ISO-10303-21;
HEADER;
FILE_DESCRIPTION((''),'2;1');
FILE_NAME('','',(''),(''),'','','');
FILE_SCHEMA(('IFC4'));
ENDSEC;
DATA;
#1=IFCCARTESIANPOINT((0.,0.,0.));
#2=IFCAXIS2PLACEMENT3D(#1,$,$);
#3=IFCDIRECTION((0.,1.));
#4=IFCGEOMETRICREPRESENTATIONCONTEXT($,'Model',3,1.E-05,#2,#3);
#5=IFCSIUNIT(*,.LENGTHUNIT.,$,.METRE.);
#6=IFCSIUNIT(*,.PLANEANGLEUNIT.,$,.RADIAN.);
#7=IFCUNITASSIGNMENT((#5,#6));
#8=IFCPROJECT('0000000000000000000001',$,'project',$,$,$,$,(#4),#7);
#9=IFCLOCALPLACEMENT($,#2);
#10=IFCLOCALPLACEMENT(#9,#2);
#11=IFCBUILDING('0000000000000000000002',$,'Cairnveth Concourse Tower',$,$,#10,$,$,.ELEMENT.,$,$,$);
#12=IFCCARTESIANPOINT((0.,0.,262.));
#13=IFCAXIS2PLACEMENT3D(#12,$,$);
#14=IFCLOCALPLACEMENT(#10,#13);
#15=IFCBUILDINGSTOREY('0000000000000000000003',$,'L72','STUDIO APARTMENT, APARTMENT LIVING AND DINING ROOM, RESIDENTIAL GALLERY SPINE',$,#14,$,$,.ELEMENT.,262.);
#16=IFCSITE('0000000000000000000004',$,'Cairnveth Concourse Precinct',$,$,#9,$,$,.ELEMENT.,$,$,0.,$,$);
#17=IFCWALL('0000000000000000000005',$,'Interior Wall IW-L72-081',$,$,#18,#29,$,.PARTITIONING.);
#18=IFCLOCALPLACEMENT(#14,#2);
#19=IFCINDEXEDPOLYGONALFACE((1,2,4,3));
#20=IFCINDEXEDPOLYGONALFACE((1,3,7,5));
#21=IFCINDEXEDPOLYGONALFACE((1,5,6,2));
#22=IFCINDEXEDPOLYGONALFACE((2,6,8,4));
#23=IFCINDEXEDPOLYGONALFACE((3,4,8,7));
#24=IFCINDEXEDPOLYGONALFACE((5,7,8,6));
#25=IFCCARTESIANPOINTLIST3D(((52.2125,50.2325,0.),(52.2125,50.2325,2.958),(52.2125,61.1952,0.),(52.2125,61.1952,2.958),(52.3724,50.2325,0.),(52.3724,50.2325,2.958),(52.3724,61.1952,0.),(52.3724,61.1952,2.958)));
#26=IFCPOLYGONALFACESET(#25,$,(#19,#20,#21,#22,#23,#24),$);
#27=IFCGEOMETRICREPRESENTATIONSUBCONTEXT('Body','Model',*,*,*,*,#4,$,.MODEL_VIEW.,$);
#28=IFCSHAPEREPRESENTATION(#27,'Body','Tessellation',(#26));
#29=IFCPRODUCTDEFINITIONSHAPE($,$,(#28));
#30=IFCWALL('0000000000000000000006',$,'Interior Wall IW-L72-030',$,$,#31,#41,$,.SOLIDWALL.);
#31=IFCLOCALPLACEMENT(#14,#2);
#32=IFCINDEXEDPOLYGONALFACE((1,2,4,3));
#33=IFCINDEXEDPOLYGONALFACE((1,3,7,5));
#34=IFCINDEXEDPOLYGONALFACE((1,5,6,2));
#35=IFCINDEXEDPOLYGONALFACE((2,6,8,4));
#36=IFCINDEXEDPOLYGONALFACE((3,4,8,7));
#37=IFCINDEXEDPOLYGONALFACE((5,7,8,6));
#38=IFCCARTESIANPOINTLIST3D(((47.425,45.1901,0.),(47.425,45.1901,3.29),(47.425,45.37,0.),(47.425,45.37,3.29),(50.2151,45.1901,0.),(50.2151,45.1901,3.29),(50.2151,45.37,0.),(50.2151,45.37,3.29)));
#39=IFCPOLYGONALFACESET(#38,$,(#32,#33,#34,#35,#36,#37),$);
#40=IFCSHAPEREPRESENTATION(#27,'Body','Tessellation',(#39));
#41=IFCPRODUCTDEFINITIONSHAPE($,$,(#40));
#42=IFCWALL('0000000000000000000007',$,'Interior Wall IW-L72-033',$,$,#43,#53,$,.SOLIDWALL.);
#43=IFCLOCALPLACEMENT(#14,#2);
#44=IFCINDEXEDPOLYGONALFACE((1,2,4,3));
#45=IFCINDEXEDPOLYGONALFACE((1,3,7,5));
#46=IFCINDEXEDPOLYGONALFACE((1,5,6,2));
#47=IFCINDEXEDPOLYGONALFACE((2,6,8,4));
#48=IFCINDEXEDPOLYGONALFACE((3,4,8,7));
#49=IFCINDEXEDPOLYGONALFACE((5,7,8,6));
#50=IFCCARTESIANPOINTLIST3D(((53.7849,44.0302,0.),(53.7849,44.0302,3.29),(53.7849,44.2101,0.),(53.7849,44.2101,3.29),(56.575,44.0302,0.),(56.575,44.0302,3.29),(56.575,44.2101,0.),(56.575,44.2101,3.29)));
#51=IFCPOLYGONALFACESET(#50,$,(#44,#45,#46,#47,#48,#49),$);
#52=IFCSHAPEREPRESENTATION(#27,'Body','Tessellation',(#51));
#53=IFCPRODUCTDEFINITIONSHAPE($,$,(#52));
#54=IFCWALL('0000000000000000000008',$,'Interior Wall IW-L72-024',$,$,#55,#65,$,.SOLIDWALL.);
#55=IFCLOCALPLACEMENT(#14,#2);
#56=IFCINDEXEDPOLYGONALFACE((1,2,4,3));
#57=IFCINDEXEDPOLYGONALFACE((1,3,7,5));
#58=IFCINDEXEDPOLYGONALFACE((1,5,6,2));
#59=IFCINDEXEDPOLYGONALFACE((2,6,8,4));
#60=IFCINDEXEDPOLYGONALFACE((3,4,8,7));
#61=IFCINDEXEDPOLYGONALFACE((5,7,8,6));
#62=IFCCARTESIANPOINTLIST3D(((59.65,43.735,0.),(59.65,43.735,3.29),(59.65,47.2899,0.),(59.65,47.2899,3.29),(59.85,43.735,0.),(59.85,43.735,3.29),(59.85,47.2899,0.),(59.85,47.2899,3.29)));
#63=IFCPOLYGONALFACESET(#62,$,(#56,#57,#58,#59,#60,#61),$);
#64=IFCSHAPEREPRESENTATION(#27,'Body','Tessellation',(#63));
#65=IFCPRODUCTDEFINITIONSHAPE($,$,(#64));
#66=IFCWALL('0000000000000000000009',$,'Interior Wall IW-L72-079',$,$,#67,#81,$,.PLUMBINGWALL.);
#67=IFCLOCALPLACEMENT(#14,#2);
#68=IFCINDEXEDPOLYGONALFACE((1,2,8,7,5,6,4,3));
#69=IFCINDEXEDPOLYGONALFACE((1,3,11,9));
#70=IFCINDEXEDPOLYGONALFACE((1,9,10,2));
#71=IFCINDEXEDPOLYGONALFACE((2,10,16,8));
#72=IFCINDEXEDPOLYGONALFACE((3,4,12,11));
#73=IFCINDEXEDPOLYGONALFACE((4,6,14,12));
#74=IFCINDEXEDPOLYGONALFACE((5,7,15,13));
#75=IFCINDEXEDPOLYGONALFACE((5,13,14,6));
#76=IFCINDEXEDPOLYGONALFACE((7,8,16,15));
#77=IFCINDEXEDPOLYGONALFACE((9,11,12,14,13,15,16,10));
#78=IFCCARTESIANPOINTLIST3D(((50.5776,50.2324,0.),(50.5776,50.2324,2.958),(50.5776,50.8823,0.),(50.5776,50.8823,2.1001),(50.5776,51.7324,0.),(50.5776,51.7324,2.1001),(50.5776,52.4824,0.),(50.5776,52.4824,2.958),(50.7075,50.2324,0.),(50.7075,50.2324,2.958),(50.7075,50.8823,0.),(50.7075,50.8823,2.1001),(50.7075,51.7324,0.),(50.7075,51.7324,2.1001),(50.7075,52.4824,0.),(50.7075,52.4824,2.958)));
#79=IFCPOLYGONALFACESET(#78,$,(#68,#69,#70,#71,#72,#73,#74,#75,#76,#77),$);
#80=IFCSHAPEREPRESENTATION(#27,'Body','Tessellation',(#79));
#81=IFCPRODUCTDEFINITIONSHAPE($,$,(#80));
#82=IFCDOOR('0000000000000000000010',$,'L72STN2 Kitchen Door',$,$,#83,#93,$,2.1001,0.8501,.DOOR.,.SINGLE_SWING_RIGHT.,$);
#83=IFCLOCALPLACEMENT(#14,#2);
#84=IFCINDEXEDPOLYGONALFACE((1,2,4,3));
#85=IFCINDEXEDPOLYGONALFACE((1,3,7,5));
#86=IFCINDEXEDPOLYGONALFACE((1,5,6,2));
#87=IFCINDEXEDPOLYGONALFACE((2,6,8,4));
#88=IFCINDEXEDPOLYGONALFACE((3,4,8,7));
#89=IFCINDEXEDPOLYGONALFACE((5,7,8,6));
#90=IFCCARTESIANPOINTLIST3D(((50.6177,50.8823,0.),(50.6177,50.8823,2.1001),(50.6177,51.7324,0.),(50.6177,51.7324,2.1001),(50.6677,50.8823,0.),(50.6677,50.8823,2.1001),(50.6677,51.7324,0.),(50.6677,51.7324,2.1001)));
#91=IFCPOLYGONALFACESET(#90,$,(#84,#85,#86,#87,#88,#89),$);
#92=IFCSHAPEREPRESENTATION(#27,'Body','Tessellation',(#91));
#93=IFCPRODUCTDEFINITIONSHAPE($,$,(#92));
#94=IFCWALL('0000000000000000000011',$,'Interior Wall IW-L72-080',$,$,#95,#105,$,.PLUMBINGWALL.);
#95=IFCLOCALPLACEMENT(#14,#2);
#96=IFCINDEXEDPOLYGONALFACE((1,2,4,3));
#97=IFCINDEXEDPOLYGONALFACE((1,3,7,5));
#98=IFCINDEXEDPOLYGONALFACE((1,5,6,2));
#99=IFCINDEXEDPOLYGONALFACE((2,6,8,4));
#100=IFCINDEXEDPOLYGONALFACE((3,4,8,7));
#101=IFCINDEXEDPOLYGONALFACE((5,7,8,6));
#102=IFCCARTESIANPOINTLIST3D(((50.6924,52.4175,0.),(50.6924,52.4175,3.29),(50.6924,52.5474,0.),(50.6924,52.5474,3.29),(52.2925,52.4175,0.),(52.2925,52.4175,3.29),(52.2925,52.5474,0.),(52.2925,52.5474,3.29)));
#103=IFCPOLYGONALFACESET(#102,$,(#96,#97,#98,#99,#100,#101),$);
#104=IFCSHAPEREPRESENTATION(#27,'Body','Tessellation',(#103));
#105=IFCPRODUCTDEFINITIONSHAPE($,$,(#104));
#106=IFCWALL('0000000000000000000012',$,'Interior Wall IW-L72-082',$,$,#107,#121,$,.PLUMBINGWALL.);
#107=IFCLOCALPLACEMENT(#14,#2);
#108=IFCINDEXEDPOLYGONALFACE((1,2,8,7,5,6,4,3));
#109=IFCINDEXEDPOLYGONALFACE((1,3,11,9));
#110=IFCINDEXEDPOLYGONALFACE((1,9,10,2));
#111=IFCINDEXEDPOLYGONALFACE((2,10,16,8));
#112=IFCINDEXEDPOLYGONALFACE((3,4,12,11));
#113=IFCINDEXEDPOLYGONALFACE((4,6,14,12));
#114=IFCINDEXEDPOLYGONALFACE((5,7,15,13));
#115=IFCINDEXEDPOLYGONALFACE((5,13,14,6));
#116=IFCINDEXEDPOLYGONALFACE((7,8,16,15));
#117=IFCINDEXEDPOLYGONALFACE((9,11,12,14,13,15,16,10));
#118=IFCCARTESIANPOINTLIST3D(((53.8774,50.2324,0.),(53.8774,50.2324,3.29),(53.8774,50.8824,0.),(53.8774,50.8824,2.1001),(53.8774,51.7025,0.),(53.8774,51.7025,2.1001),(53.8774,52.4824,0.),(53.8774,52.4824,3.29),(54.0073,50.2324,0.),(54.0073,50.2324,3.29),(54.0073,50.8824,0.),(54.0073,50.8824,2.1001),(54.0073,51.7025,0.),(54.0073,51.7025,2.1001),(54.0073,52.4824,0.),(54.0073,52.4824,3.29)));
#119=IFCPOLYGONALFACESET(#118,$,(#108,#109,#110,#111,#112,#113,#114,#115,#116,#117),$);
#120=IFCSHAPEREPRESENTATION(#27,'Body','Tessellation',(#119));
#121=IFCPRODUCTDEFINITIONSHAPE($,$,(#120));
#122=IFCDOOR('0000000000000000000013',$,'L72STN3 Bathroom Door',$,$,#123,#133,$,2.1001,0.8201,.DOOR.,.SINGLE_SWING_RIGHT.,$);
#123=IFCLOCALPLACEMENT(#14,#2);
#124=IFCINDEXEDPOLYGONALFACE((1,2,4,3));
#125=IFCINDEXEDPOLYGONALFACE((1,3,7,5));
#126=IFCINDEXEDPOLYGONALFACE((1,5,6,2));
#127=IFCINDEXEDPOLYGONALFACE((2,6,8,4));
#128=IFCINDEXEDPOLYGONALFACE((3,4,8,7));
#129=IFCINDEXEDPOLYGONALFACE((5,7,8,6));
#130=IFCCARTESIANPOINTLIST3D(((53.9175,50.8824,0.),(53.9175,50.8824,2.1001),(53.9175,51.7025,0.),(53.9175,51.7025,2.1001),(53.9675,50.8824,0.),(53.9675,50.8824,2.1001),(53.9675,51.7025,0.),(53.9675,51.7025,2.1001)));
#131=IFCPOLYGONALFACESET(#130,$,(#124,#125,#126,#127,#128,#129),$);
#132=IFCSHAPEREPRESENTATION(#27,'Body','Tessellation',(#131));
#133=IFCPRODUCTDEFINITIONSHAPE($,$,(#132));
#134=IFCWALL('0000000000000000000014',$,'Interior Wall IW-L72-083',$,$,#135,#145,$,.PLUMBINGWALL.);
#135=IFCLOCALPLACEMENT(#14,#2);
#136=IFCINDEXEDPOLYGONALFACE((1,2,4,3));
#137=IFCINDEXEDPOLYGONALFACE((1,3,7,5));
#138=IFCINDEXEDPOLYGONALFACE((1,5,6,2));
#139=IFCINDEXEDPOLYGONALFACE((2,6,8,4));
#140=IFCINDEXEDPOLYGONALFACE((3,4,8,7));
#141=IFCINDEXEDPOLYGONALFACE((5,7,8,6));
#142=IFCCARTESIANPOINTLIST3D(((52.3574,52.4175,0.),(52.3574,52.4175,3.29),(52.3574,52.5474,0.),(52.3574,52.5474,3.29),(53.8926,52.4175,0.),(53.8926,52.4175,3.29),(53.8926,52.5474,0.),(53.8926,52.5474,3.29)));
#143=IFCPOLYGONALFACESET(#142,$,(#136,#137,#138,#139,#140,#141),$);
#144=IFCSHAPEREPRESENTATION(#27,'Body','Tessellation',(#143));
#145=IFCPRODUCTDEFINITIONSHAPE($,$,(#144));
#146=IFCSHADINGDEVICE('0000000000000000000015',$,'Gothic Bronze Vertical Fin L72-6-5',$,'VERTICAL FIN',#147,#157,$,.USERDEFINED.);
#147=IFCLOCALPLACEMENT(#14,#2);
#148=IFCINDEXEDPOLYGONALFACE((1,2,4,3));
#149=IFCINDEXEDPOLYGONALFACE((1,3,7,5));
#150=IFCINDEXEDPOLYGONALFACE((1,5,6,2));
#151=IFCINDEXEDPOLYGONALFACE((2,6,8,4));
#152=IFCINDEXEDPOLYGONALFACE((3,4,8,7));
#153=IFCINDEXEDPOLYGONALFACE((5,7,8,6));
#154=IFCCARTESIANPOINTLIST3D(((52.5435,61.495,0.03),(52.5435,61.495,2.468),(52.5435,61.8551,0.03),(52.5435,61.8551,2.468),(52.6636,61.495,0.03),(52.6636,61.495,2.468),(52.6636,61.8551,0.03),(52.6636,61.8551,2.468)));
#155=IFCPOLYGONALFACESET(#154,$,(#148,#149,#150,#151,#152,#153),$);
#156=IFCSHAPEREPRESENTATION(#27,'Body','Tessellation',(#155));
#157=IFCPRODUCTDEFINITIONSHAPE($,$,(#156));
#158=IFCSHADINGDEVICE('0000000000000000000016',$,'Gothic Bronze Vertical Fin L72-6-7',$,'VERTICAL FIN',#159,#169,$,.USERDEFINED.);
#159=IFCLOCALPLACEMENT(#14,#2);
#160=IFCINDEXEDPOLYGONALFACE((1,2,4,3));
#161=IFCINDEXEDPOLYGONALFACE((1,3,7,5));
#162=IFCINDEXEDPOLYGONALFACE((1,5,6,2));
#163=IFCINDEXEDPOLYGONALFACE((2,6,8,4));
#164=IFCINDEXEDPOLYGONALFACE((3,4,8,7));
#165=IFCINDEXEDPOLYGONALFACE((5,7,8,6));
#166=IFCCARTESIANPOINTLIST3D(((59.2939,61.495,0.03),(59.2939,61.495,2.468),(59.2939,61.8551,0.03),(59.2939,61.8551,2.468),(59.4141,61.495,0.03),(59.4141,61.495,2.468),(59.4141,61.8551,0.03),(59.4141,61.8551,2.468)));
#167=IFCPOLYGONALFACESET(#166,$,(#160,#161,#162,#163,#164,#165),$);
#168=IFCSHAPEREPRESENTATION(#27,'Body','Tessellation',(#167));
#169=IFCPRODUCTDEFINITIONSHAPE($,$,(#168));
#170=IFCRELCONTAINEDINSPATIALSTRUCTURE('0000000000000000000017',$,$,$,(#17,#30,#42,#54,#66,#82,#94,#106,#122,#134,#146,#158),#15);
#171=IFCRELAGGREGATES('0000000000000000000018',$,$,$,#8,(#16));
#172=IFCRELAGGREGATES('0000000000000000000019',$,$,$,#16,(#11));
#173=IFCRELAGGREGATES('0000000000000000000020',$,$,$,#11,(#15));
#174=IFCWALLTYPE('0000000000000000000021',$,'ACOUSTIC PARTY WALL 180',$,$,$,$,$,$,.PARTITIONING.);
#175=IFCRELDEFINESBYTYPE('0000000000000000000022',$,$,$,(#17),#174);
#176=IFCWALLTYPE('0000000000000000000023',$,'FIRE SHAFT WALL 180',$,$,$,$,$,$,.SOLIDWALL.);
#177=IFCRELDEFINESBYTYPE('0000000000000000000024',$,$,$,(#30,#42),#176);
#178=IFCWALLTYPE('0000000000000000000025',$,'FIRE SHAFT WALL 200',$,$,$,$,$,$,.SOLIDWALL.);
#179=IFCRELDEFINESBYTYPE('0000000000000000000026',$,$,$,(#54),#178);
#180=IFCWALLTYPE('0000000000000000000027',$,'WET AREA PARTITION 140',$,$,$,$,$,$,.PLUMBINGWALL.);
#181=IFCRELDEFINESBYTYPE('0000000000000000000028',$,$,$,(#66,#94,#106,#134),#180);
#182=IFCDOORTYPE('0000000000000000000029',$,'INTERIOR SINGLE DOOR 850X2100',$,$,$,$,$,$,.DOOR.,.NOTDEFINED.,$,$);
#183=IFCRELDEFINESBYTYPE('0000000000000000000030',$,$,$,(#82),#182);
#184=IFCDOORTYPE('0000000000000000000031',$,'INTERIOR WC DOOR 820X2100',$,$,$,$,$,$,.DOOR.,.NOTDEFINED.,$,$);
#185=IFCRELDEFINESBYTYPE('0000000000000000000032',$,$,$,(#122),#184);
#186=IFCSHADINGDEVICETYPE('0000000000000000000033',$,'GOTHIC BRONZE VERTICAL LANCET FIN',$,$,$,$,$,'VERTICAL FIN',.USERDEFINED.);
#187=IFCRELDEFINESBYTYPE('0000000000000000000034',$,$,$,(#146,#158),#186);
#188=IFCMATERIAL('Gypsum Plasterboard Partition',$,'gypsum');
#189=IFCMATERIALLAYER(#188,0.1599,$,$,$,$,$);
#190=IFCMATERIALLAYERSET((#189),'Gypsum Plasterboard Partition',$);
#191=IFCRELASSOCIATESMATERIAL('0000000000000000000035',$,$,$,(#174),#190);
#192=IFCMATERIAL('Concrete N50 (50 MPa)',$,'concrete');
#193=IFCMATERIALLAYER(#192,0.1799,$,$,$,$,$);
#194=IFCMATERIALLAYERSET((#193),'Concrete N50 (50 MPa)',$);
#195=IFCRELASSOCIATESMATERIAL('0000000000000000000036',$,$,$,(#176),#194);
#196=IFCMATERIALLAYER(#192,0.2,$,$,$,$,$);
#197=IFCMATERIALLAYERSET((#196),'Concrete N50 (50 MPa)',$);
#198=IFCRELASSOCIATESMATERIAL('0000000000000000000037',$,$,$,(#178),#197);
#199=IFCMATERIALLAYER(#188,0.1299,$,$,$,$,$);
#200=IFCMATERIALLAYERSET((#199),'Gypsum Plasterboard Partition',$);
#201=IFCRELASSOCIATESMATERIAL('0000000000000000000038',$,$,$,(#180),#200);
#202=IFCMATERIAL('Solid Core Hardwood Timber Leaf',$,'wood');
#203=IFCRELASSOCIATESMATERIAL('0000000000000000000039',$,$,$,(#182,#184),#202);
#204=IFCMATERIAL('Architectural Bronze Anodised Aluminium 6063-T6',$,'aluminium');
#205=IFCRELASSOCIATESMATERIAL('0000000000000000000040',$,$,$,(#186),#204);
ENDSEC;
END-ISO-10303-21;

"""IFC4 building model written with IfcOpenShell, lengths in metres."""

from ifc_helpers import new_model, si_unit, direction, frame, frame_2d, origin, origin_2d, place, context, subcontext, project, spatial, rectangle, extrude, material, layer, layer_set, type_object, element, fill, save


model = new_model("IFC4")

# Units and contexts
model_context = context("Model", 3, precision=1e-05, world=origin(), true_north=direction((0.0, 1.0)))
body_context = subcontext(model_context, "Body", "Model", "MODEL_VIEW")
ifc_project = project(units=[si_unit("LENGTHUNIT", "METRE"), si_unit("PLANEANGLEUNIT", "RADIAN")], contexts=[model_context])

# Site, building, storey
site_placement = place(None, origin())
site = spatial("IfcSite", under=ifc_project, at=site_placement, Name="Cairnveth Concourse Precinct", CompositionType="ELEMENT", RefElevation=0.0)
building_placement = place(site_placement, origin())
building = spatial("IfcBuilding", under=site, at=building_placement, Name="Cairnveth Concourse Tower", CompositionType="ELEMENT")
storey_placement = place(building_placement, frame((0.0, 0.0, 262.0)))
storey = spatial("IfcBuildingStorey", under=building, at=storey_placement, Name="L72", Description="STUDIO APARTMENT, APARTMENT LIVING AND DINING ROOM, RESIDENTIAL GALLERY SPINE", CompositionType="ELEMENT", Elevation=262.0)

# Walls
ifc_material_1 = material(Name="Gypsum Plasterboard Partition", Category="gypsum")
ifc_layer_1 = layer(ifc_material_1, 0.1599)
ifc_layer_set_1 = layer_set([ifc_layer_1], Name="Gypsum Plasterboard Partition")
wall_type_1 = type_object("IfcWallType", Name="ACOUSTIC PARTY WALL 180", PredefinedType="PARTITIONING", material=ifc_layer_set_1)
wall_1_placement = place(storey_placement, frame((52.2925, 50.2324, 0.0), z_axis=(0.0, 0.0, 1.0), x_axis=(0.0, 1.0, 0.0)))
element("IfcWall", 1, at=wall_1_placement, inside=storey, type_object=wall_type_1, Name="Interior Wall IW-L72-081", PredefinedType="PARTITIONING", context=body_context, shape_type="SweptSolid", body=[
    extrude(rectangle(XDim=10.9626, YDim=0.1599, at=frame_2d((5.4814, 0.0))), origin(), (0.0, 0.0, 1.0), 2.958),
])
ifc_material_2 = material(Name="Concrete N50 (50 MPa)", Category="concrete")
ifc_layer_2 = layer(ifc_material_2, 0.1799)
ifc_layer_set_2 = layer_set([ifc_layer_2], Name="Concrete N50 (50 MPa)")
wall_type_2 = type_object("IfcWallType", Name="FIRE SHAFT WALL 180", PredefinedType="SOLIDWALL", material=ifc_layer_set_2)
for number, where, z_axis, x_axis, name in (
    (2, (47.425, 45.28, 0.0), (0.0, 0.0, 1.0), (1.0, 0.0, 0.0), "Interior Wall IW-L72-030"),
    (3, (53.7849, 44.1201, 0.0), (0.0, 0.0, 1.0), (1.0, 0.0, 0.0), "Interior Wall IW-L72-033"),
):
    element("IfcWall", number, at=place(storey_placement, frame(where, z_axis=z_axis, x_axis=x_axis)), inside=storey, type_object=wall_type_2, Name=name, PredefinedType="SOLIDWALL", context=body_context, shape_type="SweptSolid", body=[
        extrude(rectangle(XDim=2.79, YDim=0.1799, at=frame_2d((1.395, 0.0))), origin(), (0.0, 0.0, 1.0), 3.29),
    ])
ifc_layer_3 = layer(ifc_material_2, 0.2)
ifc_layer_set_3 = layer_set([ifc_layer_3], Name="Concrete N50 (50 MPa)")
wall_type_3 = type_object("IfcWallType", Name="FIRE SHAFT WALL 200", PredefinedType="SOLIDWALL", material=ifc_layer_set_3)
wall_2_placement = place(storey_placement, frame((59.75, 43.7351, 0.0), z_axis=(0.0, 0.0, 1.0), x_axis=(0.0, 1.0, 0.0)))
element("IfcWall", 4, at=wall_2_placement, inside=storey, type_object=wall_type_3, Name="Interior Wall IW-L72-024", PredefinedType="SOLIDWALL", context=body_context, shape_type="SweptSolid", body=[
    extrude(rectangle(XDim=3.5549, YDim=0.2, at=frame_2d((1.7773, 0.0))), origin(), (0.0, 0.0, 1.0), 3.29),
])

# Wall, opening, door
ifc_layer_4 = layer(ifc_material_1, 0.1299)
ifc_layer_set_4 = layer_set([ifc_layer_4], Name="Gypsum Plasterboard Partition")
wall_type_4 = type_object("IfcWallType", Name="WET AREA PARTITION 140", PredefinedType="PLUMBINGWALL", material=ifc_layer_set_4)
wall_3_placement = place(storey_placement, frame((50.6426, 50.2324, 0.0), z_axis=(0.0, 0.0, 1.0), x_axis=(0.0, 1.0, 0.0)))
wall_3 = element("IfcWall", 5, at=wall_3_placement, inside=storey, type_object=wall_type_4, Name="Interior Wall IW-L72-079", PredefinedType="PLUMBINGWALL", context=body_context, shape_type="SweptSolid", body=[
    extrude(rectangle(XDim=2.25, YDim=0.1299, at=frame_2d((1.125, 0.0))), origin(), (0.0, 0.0, 1.0), 2.958),
])
opening_1_placement = place(wall_3_placement, frame((0.6499, 0.0, 0.0)))
opening_1 = element("IfcOpeningElement", 6, at=opening_1_placement, cuts=wall_3, PredefinedType="OPENING", context=body_context, shape_type="SweptSolid", body=[
    extrude(rectangle(XDim=0.8501, YDim=2.1001, at=frame_2d((0.425, 1.05))), frame((0.0, 0.075, 0.0), z_axis=(0.0, -1.0, 0.0), x_axis=(1.0, 0.0, 0.0)), (0.0, 0.0, 1.0), 0.1499),
])
ifc_material_3 = material(Name="Solid Core Hardwood Timber Leaf", Category="wood")
door_type_1 = type_object("IfcDoorType", Name="INTERIOR SINGLE DOOR 850X2100", OperationType="NOTDEFINED", PredefinedType="DOOR", material=ifc_material_3)
door_1_placement = place(opening_1_placement, origin())
door_1 = element("IfcDoor", 7, at=door_1_placement, inside=storey, type_object=door_type_1, Name="L72STN2 Kitchen Door", OperationType="SINGLE_SWING_RIGHT", OverallHeight=2.1001, OverallWidth=0.8501, PredefinedType="DOOR", context=body_context, shape_type="SweptSolid", body=[
    extrude(rectangle(XDim=0.8501, YDim=2.1001, at=frame_2d((0.425, 1.05))), frame((0.0, 0.0249, 0.0), z_axis=(0.0, -1.0, 0.0), x_axis=(1.0, 0.0, 0.0)), (0.0, 0.0, 1.0), 0.05),
])
fill(opening_1, door_1)

# Wall
wall_4_placement = place(storey_placement, frame((50.6924, 52.4824, 0.0), z_axis=(0.0, 0.0, 1.0), x_axis=(1.0, 0.0, 0.0)))
element("IfcWall", 8, at=wall_4_placement, inside=storey, type_object=wall_type_4, Name="Interior Wall IW-L72-080", PredefinedType="PLUMBINGWALL", context=body_context, shape_type="SweptSolid", body=[
    extrude(rectangle(XDim=1.6001, YDim=0.1299, at=frame_2d((0.8, 0.0))), origin(), (0.0, 0.0, 1.0), 3.29),
])

# Wall, opening, door
wall_5_placement = place(storey_placement, frame((53.9424, 50.2324, 0.0), z_axis=(0.0, 0.0, 1.0), x_axis=(0.0, 1.0, 0.0)))
wall_5 = element("IfcWall", 9, at=wall_5_placement, inside=storey, type_object=wall_type_4, Name="Interior Wall IW-L72-082", PredefinedType="PLUMBINGWALL", context=body_context, shape_type="SweptSolid", body=[
    extrude(rectangle(XDim=2.25, YDim=0.1299, at=frame_2d((1.125, 0.0))), origin(), (0.0, 0.0, 1.0), 3.29),
])
opening_2_placement = place(wall_5_placement, frame((0.6499, 0.0, 0.0)))
opening_2 = element("IfcOpeningElement", 10, at=opening_2_placement, cuts=wall_5, PredefinedType="OPENING", context=body_context, shape_type="SweptSolid", body=[
    extrude(rectangle(XDim=0.8201, YDim=2.1001, at=frame_2d((0.4102, 1.05))), frame((0.0, 0.075, 0.0), z_axis=(0.0, -1.0, 0.0), x_axis=(1.0, 0.0, 0.0)), (0.0, 0.0, 1.0), 0.1499),
])
door_type_2 = type_object("IfcDoorType", Name="INTERIOR WC DOOR 820X2100", OperationType="NOTDEFINED", PredefinedType="DOOR", material=ifc_material_3)
door_2_placement = place(opening_2_placement, origin())
door_2 = element("IfcDoor", 11, at=door_2_placement, inside=storey, type_object=door_type_2, Name="L72STN3 Bathroom Door", OperationType="SINGLE_SWING_RIGHT", OverallHeight=2.1001, OverallWidth=0.8201, PredefinedType="DOOR", context=body_context, shape_type="SweptSolid", body=[
    extrude(rectangle(XDim=0.8201, YDim=2.1001, at=frame_2d((0.4102, 1.05))), frame((0.0, 0.0249, 0.0), z_axis=(0.0, -1.0, 0.0), x_axis=(1.0, 0.0, 0.0)), (0.0, 0.0, 1.0), 0.05),
])
fill(opening_2, door_2)

# Wall
wall_6_placement = place(storey_placement, frame((52.3574, 52.4824, 0.0), z_axis=(0.0, 0.0, 1.0), x_axis=(1.0, 0.0, 0.0)))
element("IfcWall", 12, at=wall_6_placement, inside=storey, type_object=wall_type_4, Name="Interior Wall IW-L72-083", PredefinedType="PLUMBINGWALL", context=body_context, shape_type="SweptSolid", body=[
    extrude(rectangle(XDim=1.5352, YDim=0.1299, at=frame_2d((0.7676, 0.0))), origin(), (0.0, 0.0, 1.0), 3.29),
])

# Shading devices
ifc_material_4 = material(Name="Architectural Bronze Anodised Aluminium 6063-T6", Category="aluminium")
shading_device_type = type_object("IfcShadingDeviceType", Name="GOTHIC BRONZE VERTICAL LANCET FIN", ElementType="VERTICAL FIN", PredefinedType="USERDEFINED", material=ifc_material_4)
for number, where, z_axis, x_axis, name in (
    (13, (52.6035, 61.675, 0.03), (0.0, 0.0, 1.0), (1.0, 0.0, 0.0), "Gothic Bronze Vertical Fin L72-6-5"),
    (14, (59.354, 61.675, 0.03), (0.0, 0.0, 1.0), (1.0, 0.0, 0.0), "Gothic Bronze Vertical Fin L72-6-7"),
):
    element("IfcShadingDevice", number, at=place(storey_placement, frame(where, z_axis=z_axis, x_axis=x_axis)), inside=storey, type_object=shading_device_type, Name=name, ObjectType="VERTICAL FIN", PredefinedType="USERDEFINED", context=body_context, shape_type="SweptSolid", body=[
        extrude(rectangle(XDim=0.1201, YDim=0.3601, at=origin_2d()), origin(), (0.0, 0.0, 1.0), 2.438),
    ])

save(model, "model.ifc")
